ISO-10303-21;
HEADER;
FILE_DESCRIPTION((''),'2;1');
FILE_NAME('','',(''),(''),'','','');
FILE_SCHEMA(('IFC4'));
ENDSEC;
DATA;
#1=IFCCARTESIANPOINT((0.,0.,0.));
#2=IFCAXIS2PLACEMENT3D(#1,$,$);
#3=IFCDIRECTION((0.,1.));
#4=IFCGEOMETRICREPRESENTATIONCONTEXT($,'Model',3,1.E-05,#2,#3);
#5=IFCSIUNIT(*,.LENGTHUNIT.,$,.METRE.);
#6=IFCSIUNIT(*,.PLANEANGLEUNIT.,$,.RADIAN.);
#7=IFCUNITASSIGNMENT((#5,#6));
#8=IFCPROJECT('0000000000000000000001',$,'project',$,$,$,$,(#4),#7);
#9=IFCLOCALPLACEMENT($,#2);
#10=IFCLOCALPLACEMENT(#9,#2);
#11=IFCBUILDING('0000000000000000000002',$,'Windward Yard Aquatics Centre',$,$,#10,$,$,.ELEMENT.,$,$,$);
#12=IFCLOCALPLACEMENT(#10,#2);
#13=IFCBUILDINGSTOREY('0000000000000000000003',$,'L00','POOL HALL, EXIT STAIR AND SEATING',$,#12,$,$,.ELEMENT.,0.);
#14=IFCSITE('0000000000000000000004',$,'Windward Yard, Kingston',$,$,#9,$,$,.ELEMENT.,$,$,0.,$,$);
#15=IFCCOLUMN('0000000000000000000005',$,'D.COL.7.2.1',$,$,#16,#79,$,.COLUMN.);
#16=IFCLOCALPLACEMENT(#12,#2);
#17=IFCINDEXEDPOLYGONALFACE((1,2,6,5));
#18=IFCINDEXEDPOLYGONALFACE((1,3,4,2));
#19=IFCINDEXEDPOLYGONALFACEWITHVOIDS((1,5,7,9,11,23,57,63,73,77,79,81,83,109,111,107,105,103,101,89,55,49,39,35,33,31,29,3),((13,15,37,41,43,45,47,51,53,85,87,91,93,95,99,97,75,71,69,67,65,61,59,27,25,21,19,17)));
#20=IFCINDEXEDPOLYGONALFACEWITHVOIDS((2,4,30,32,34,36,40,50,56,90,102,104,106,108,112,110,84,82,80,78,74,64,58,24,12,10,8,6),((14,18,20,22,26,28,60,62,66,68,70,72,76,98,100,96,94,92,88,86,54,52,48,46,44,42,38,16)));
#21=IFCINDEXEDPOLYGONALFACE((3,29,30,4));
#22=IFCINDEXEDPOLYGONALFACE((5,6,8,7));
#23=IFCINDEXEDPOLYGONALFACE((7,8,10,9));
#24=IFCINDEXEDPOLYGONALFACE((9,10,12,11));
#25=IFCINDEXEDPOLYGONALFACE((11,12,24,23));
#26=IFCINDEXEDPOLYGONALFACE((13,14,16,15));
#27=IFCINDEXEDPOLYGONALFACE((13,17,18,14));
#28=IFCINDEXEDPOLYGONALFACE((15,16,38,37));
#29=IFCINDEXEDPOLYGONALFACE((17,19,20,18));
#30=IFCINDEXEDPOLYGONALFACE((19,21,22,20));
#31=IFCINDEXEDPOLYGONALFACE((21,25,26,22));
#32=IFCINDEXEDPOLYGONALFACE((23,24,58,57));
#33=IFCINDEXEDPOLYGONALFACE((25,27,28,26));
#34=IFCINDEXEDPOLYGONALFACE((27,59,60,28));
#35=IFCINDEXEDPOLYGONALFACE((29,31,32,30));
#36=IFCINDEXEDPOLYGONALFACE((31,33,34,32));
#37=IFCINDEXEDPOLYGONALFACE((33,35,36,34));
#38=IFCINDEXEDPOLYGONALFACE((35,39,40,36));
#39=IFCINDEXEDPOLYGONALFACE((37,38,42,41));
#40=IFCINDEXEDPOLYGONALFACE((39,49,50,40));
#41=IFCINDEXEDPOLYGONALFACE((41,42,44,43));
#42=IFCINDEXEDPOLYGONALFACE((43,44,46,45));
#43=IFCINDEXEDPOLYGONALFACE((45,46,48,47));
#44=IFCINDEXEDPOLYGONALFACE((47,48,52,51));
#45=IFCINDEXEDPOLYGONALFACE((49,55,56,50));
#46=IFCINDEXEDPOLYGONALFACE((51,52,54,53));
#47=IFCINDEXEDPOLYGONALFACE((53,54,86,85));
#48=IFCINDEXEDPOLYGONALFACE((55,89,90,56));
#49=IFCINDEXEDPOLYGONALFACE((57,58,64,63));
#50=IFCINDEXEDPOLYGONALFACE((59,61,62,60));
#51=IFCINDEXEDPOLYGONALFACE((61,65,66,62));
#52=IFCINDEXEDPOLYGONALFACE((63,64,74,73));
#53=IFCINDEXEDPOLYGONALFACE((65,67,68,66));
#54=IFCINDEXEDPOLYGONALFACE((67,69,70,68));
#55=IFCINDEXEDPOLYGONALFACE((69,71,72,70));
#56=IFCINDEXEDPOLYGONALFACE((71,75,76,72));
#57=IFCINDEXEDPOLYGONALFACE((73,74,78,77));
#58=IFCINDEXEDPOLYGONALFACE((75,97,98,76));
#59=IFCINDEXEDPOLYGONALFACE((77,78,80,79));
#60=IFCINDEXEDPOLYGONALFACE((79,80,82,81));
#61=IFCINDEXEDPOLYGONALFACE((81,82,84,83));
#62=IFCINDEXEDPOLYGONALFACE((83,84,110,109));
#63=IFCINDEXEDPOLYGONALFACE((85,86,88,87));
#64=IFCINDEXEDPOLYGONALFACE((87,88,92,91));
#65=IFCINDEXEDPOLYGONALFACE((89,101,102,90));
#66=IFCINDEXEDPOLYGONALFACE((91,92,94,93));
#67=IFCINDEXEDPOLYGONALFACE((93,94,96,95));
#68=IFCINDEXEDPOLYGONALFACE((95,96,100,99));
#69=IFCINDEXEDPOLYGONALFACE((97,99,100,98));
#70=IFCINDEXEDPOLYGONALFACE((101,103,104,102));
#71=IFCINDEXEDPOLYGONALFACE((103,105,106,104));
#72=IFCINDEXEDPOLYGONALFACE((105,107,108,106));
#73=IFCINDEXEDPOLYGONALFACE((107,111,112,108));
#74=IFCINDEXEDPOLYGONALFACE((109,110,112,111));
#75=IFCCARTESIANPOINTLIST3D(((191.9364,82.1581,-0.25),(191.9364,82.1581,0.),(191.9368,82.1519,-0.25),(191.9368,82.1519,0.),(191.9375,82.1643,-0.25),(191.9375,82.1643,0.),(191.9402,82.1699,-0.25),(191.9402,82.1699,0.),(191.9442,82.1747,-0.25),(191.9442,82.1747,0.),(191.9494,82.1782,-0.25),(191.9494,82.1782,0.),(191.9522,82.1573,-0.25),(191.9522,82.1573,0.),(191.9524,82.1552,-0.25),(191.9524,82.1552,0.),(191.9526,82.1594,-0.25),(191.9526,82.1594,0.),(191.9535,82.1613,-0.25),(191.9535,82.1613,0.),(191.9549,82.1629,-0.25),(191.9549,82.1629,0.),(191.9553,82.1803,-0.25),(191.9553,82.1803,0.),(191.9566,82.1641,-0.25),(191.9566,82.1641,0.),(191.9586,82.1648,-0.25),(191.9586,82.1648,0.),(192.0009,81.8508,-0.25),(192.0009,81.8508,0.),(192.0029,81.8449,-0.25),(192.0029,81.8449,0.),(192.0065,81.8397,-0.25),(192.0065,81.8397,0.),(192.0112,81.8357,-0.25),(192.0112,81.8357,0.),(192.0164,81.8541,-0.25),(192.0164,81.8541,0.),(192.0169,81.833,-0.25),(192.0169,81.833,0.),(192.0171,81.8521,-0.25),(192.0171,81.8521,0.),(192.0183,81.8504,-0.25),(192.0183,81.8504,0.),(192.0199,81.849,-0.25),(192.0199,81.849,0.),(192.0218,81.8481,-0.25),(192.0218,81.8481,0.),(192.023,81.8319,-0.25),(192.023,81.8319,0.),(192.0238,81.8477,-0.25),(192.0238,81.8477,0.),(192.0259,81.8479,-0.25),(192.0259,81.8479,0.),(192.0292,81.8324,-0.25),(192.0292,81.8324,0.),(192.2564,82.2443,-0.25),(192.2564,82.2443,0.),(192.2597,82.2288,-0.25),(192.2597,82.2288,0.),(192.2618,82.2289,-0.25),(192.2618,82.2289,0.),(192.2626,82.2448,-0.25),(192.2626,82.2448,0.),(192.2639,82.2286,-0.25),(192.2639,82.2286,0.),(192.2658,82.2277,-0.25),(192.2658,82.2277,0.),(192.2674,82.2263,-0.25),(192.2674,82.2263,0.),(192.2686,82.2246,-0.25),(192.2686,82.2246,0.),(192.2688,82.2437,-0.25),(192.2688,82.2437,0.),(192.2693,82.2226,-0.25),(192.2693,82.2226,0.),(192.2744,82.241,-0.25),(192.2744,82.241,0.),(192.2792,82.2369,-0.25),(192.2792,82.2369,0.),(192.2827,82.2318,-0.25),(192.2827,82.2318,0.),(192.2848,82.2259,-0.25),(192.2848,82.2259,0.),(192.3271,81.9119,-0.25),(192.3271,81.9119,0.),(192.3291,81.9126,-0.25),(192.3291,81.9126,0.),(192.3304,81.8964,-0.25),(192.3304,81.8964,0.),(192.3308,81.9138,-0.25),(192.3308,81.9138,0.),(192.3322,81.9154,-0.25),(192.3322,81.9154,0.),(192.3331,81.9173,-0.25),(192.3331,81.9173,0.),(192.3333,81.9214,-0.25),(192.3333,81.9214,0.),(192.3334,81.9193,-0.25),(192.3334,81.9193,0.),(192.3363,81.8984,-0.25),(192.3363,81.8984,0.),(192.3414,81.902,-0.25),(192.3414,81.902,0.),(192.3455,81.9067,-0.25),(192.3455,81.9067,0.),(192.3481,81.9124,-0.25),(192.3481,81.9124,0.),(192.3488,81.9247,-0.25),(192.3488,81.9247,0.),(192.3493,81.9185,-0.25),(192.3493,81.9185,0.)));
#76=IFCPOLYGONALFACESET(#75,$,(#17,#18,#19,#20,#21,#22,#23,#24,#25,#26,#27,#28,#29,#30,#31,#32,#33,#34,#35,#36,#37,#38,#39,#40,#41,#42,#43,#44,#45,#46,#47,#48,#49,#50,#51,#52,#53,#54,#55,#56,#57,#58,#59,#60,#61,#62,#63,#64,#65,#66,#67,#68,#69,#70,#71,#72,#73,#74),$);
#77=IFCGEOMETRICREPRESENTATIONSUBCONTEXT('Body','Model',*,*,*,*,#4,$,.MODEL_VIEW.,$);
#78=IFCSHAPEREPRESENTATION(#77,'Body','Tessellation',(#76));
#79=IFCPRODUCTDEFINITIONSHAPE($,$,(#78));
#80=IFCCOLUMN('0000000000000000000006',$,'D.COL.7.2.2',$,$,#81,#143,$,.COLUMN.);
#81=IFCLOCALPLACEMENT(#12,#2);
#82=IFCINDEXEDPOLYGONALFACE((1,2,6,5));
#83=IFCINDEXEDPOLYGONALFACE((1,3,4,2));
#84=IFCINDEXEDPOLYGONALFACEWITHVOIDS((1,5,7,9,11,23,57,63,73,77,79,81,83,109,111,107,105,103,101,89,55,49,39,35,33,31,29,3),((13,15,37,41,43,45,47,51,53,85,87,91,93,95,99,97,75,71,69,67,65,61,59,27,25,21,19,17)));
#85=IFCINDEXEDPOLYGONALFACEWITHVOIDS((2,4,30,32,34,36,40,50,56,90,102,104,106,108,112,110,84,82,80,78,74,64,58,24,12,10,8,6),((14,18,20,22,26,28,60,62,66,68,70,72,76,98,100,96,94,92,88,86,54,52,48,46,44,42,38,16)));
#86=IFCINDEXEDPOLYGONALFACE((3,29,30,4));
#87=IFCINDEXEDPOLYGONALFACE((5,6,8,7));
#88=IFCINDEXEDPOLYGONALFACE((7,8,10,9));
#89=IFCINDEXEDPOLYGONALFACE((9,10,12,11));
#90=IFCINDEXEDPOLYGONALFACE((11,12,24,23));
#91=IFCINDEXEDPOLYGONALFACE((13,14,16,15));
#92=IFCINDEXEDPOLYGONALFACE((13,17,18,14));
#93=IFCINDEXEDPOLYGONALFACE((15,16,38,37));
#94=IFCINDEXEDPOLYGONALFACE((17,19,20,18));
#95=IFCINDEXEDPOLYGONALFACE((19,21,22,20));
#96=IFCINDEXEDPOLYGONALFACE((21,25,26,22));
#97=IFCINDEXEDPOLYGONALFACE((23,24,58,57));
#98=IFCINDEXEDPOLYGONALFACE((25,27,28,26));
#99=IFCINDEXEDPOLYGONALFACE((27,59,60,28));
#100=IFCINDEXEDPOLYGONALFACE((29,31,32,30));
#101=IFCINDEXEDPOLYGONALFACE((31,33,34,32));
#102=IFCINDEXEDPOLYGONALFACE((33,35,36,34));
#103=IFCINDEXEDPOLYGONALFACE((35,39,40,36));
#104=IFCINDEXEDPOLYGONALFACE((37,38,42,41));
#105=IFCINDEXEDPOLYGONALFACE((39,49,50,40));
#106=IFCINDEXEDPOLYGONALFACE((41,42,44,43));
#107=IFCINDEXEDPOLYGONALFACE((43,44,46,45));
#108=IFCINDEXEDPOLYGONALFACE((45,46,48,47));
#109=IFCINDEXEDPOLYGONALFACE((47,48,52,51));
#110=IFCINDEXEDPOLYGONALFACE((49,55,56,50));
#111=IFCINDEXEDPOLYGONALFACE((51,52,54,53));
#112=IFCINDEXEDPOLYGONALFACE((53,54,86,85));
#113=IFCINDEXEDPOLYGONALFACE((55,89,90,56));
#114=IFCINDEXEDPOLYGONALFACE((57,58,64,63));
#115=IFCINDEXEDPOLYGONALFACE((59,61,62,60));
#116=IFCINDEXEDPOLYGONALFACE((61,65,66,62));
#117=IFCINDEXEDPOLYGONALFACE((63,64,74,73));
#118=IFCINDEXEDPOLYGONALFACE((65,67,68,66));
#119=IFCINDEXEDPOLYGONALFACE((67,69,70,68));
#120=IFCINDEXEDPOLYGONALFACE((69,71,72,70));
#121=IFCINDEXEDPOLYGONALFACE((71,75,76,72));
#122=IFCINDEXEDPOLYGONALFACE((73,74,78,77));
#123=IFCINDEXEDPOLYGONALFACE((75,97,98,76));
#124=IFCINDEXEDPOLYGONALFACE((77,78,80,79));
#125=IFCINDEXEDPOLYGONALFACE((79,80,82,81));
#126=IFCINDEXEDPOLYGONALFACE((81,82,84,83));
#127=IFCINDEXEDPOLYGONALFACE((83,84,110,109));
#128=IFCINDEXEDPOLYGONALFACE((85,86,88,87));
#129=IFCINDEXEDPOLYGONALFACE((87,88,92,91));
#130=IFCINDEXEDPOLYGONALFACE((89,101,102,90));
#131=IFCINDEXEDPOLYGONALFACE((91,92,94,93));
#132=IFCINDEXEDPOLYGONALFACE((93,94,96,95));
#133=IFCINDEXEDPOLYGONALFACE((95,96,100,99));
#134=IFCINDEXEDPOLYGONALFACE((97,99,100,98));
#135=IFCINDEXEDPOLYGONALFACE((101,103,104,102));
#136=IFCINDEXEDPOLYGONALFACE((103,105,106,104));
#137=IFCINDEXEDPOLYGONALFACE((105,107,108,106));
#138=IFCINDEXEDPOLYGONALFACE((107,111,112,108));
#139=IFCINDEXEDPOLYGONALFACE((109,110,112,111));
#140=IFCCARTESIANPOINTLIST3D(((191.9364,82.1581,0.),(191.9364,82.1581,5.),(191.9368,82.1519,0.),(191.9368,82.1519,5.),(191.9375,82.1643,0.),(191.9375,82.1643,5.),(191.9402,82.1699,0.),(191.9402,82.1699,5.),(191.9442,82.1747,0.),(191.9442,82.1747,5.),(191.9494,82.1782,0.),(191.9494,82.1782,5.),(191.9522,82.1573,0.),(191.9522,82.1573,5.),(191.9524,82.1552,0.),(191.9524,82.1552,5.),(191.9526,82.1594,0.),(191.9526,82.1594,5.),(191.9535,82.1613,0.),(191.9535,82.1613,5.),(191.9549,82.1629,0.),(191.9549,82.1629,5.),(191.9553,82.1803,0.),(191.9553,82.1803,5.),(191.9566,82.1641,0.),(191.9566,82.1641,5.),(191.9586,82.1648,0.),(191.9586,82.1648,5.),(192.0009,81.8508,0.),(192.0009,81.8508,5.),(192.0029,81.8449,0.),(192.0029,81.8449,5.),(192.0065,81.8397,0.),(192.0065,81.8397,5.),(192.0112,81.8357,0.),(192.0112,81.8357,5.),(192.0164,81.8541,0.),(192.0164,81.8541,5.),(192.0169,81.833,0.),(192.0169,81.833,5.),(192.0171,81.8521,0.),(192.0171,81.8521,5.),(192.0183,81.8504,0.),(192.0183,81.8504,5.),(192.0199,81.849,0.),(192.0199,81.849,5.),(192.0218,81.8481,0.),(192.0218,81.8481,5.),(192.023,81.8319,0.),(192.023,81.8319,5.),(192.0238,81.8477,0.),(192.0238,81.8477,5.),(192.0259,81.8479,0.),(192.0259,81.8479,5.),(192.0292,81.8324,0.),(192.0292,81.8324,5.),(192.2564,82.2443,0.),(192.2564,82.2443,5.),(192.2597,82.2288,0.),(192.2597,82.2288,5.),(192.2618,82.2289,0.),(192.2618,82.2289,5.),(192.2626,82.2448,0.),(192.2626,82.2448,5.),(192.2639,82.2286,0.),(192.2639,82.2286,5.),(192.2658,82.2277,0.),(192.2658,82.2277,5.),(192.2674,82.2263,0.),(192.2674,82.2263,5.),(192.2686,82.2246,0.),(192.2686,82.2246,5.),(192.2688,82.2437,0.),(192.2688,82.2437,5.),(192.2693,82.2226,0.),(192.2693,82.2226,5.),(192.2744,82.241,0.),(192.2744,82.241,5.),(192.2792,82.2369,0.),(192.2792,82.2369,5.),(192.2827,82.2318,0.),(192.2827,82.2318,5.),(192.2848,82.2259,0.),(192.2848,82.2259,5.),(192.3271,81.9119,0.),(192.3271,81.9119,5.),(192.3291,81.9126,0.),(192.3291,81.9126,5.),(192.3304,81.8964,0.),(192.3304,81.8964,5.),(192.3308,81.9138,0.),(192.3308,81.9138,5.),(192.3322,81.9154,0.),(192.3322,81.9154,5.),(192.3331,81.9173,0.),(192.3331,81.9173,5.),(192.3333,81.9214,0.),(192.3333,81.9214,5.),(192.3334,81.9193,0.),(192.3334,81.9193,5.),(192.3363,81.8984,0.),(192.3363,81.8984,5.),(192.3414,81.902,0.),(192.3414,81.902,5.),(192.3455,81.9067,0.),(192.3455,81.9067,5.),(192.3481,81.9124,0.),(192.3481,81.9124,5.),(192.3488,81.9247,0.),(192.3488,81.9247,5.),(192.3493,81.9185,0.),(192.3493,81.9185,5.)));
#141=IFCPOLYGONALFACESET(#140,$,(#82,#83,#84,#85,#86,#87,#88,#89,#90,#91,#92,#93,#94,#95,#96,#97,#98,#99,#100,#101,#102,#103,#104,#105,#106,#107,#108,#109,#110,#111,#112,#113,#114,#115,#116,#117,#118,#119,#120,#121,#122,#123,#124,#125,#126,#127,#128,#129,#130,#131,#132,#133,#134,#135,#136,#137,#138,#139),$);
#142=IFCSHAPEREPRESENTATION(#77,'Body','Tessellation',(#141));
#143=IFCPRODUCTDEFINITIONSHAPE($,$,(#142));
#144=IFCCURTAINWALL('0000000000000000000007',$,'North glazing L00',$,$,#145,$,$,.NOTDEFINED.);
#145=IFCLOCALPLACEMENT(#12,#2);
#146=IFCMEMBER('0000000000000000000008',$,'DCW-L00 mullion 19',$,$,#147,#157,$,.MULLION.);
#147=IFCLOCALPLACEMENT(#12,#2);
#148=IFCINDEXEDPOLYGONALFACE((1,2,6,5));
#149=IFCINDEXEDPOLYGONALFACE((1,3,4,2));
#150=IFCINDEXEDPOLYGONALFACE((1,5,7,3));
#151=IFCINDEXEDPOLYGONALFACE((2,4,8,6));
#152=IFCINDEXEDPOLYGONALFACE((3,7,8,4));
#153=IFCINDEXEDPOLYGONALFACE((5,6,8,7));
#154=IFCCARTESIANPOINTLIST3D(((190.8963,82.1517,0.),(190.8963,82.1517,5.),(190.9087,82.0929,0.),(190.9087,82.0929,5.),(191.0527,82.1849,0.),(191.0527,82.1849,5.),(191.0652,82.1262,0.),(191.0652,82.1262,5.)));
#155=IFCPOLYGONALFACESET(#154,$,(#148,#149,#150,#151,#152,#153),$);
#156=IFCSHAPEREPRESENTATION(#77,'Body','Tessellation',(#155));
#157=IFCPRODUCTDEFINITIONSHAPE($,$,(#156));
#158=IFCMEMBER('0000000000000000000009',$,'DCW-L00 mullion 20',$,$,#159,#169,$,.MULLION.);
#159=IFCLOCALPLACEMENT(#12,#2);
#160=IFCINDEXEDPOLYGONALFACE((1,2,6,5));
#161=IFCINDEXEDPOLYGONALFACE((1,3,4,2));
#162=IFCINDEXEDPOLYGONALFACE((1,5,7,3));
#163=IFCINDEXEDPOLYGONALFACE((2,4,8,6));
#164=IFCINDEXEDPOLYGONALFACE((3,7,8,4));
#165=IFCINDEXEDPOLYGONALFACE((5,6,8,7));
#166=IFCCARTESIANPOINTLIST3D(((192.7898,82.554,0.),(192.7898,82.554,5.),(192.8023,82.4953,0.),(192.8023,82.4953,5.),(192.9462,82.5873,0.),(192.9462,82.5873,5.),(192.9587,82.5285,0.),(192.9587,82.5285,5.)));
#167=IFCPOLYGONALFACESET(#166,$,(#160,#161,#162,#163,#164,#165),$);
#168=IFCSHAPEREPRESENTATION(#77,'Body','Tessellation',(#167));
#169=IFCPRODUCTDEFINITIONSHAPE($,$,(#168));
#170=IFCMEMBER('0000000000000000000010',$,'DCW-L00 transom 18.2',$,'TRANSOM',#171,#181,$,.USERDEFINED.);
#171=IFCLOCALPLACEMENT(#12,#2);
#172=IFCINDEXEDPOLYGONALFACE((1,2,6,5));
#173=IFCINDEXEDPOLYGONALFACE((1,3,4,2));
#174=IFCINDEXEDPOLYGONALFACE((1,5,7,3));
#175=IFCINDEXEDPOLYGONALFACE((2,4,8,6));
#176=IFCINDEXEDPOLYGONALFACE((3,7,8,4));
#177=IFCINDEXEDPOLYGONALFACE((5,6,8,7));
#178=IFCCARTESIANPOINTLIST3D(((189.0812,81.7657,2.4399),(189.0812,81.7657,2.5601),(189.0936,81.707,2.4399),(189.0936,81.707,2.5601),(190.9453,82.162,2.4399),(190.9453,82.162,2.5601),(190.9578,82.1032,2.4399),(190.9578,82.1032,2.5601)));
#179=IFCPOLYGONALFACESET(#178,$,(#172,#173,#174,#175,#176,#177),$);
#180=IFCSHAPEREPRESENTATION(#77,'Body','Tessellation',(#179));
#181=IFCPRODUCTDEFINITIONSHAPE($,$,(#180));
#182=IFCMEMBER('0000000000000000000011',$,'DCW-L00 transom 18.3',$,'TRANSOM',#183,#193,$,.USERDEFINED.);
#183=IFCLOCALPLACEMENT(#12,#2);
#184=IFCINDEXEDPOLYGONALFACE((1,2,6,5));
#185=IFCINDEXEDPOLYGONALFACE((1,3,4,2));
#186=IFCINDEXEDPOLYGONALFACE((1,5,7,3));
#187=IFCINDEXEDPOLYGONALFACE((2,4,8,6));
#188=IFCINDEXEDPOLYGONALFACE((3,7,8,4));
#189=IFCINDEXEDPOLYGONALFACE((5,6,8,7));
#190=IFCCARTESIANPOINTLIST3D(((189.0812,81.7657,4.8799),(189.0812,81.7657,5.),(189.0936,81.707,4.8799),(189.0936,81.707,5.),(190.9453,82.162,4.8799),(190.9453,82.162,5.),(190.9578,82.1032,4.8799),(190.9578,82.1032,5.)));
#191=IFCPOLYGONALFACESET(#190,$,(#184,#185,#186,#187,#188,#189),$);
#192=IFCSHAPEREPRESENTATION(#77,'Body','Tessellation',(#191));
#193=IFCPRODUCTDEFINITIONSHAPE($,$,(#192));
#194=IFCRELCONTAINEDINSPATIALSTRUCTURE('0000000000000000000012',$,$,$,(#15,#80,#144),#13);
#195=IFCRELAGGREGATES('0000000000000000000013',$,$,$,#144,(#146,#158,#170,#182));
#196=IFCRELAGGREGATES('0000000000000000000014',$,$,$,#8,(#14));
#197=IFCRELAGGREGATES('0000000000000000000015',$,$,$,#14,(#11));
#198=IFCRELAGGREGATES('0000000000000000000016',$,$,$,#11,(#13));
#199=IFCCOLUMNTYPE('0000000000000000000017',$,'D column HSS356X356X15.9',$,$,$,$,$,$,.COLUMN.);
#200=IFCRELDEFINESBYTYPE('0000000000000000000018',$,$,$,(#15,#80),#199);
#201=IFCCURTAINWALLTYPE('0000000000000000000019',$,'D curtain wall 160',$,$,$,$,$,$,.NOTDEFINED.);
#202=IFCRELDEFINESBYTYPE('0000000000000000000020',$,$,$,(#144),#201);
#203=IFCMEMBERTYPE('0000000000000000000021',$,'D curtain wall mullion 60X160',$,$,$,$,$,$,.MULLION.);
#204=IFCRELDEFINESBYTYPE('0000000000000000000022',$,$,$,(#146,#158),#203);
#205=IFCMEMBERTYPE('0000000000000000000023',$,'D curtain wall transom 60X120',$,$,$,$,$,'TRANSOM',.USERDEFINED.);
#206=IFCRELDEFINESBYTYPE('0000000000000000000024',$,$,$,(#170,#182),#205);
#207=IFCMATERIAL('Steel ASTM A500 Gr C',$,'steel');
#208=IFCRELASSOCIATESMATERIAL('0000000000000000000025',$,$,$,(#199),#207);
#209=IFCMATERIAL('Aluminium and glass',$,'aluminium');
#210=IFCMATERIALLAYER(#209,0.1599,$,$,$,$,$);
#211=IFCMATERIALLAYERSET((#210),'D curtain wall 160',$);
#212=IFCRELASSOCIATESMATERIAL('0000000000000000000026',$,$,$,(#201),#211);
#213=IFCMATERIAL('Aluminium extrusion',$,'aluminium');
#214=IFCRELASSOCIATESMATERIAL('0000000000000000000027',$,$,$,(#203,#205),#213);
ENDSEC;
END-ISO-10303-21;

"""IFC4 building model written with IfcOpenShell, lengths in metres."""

from ifc_helpers import new_model, si_unit, direction, frame, origin, origin_2d, place, context, subcontext, project, spatial, rectangle, hollow_rectangle, extrude, material, layer, layer_set, material_profile, profile_set, type_object, element, aggregate, save


model = new_model("IFC4")

# Units and contexts
model_context = context("Model", 3, precision=1e-05, world=origin(), true_north=direction((0.0, 1.0)))
body_context = subcontext(model_context, "Body", "Model", "MODEL_VIEW")
ifc_project = project(units=[si_unit("LENGTHUNIT", "METRE"), si_unit("PLANEANGLEUNIT", "RADIAN")], contexts=[model_context])

# Site, building, storey
site_placement = place(None, origin())
site = spatial("IfcSite", under=ifc_project, at=site_placement, Name="Windward Yard, Kingston", CompositionType="ELEMENT", RefElevation=0.0)
building_placement = place(site_placement, origin())
building = spatial("IfcBuilding", under=site, at=building_placement, Name="Windward Yard Aquatics Centre", CompositionType="ELEMENT")
storey_placement = place(building_placement, origin())
storey = spatial("IfcBuildingStorey", under=building, at=storey_placement, Name="L00", Description="POOL HALL, EXIT STAIR AND SEATING", CompositionType="ELEMENT", Elevation=0.0)

# Columns
ifc_material_1 = material(Name="Steel ASTM A500 Gr C", Category="steel")
ifc_material_profile_1 = material_profile(ifc_material_1, hollow_rectangle(XDim=0.3557, YDim=0.3557, WallThickness=0.0159, InnerFilletRadius=0.0081, OuterFilletRadius=0.0239, at=origin_2d()), Name="HSS356X356X15.9")
ifc_profile_set_1 = profile_set([ifc_material_profile_1], Name="Steel ASTM A500 Gr C")
column_type_1 = type_object("IfcColumnType", Name="D column HSS356X356X15.9", PredefinedType="COLUMN", material=ifc_profile_set_1)
column_1_placement = place(storey_placement, frame((192.1428, 82.0383, -0.25), z_axis=(0.0, 0.0, 1.0), x_axis=(0.978148, 0.207912, 0.0)))
element("IfcColumn", 1, at=column_1_placement, inside=storey, type_object=column_type_1, Name="D.COL.7.2.1", PredefinedType="COLUMN", context=body_context, shape_type="SweptSolid", body=[
    extrude(hollow_rectangle(XDim=0.3557, YDim=0.3557, WallThickness=0.0159, InnerFilletRadius=0.0081, OuterFilletRadius=0.0239, at=origin_2d()), origin(), (0.0, 0.0, 1.0), 0.25),
])
column_2_placement = place(storey_placement, frame((192.1428, 82.0383, 0.0), z_axis=(0.0, 0.0, 1.0), x_axis=(0.978148, 0.207912, 0.0)))
element("IfcColumn", 2, at=column_2_placement, inside=storey, type_object=column_type_1, Name="D.COL.7.2.2", PredefinedType="COLUMN", context=body_context, shape_type="SweptSolid", body=[
    extrude(hollow_rectangle(XDim=0.3557, YDim=0.3557, WallThickness=0.0159, InnerFilletRadius=0.0081, OuterFilletRadius=0.0239, at=origin_2d()), origin(), (0.0, 0.0, 1.0), 5.0),
])

# Curtain wall, members
ifc_material_2 = material(Name="Aluminium and glass", Category="aluminium")
ifc_layer_1 = layer(ifc_material_2, 0.1599)
ifc_layer_set_1 = layer_set([ifc_layer_1], Name="D curtain wall 160")
curtain_wall_type = type_object("IfcCurtainWallType", Name="D curtain wall 160", PredefinedType="NOTDEFINED", material=ifc_layer_set_1)
curtain_wall_placement = place(storey_placement, origin())
curtain_wall = element("IfcCurtainWall", 3, at=curtain_wall_placement, inside=storey, type_object=curtain_wall_type, Name="North glazing L00", PredefinedType="NOTDEFINED")
ifc_material_3 = material(Name="Aluminium extrusion", Category="aluminium")
ifc_material_profile_2 = material_profile(ifc_material_3, rectangle(XDim=0.0601, YDim=0.1599, at=origin_2d()), Name="MULLION 60X160")
ifc_profile_set_2 = profile_set([ifc_material_profile_2], Name="Aluminium extrusion")
member_type_1 = type_object("IfcMemberType", Name="D curtain wall mullion 60X160", PredefinedType="MULLION", material=ifc_profile_set_2)
member_1_placement = place(storey_placement, frame((190.9807, 82.1389, 0.0), z_axis=(0.0, 0.0, 1.0), x_axis=(-0.207912, 0.978148, 0.0)))
member_1 = element("IfcMember", 4, at=member_1_placement, type_object=member_type_1, Name="DCW-L00 mullion 19", PredefinedType="MULLION", context=body_context, shape_type="SweptSolid", body=[
    extrude(rectangle(XDim=0.0601, YDim=0.1599, at=origin_2d()), origin(), (0.0, 0.0, 1.0), 5.0),
])
member_2_placement = place(storey_placement, frame((192.8743, 82.5413, 0.0), z_axis=(0.0, 0.0, 1.0), x_axis=(-0.207912, 0.978148, 0.0)))
member_2 = element("IfcMember", 5, at=member_2_placement, type_object=member_type_1, Name="DCW-L00 mullion 20", PredefinedType="MULLION", context=body_context, shape_type="SweptSolid", body=[
    extrude(rectangle(XDim=0.0601, YDim=0.1599, at=origin_2d()), origin(), (0.0, 0.0, 1.0), 5.0),
])
ifc_material_profile_3 = material_profile(ifc_material_3, rectangle(XDim=0.0601, YDim=0.1201, at=origin_2d()), Name="TRANSOM 60X120")
ifc_profile_set_3 = profile_set([ifc_material_profile_3], Name="Aluminium extrusion")
member_type_2 = type_object("IfcMemberType", Name="D curtain wall transom 60X120", ElementType="TRANSOM", PredefinedType="USERDEFINED", material=ifc_profile_set_3)
member_3_placement = place(storey_placement, frame((189.0874, 81.7363, 2.5), z_axis=(0.978144, 0.207928, 0.0), x_axis=(-0.207928, 0.978144, 0.0)))
member_3 = element("IfcMember", 6, at=member_3_placement, type_object=member_type_2, Name="DCW-L00 transom 18.2", ObjectType="TRANSOM", PredefinedType="USERDEFINED", context=body_context, shape_type="SweptSolid", body=[
    extrude(rectangle(XDim=0.0601, YDim=0.1201, at=origin_2d()), origin(), (0.0, 0.0, 1.0), 1.9058),
])
member_4_placement = place(storey_placement, frame((189.0874, 81.7363, 4.9399), z_axis=(0.978144, 0.207928, 0.0), x_axis=(-0.207928, 0.978144, 0.0)))
member_4 = element("IfcMember", 7, at=member_4_placement, type_object=member_type_2, Name="DCW-L00 transom 18.3", ObjectType="TRANSOM", PredefinedType="USERDEFINED", context=body_context, shape_type="SweptSolid", body=[
    extrude(rectangle(XDim=0.0601, YDim=0.1201, at=origin_2d()), origin(), (0.0, 0.0, 1.0), 1.9058),
])
aggregate(curtain_wall, [member_1, member_2, member_3, member_4])

save(model, "model.ifc")
